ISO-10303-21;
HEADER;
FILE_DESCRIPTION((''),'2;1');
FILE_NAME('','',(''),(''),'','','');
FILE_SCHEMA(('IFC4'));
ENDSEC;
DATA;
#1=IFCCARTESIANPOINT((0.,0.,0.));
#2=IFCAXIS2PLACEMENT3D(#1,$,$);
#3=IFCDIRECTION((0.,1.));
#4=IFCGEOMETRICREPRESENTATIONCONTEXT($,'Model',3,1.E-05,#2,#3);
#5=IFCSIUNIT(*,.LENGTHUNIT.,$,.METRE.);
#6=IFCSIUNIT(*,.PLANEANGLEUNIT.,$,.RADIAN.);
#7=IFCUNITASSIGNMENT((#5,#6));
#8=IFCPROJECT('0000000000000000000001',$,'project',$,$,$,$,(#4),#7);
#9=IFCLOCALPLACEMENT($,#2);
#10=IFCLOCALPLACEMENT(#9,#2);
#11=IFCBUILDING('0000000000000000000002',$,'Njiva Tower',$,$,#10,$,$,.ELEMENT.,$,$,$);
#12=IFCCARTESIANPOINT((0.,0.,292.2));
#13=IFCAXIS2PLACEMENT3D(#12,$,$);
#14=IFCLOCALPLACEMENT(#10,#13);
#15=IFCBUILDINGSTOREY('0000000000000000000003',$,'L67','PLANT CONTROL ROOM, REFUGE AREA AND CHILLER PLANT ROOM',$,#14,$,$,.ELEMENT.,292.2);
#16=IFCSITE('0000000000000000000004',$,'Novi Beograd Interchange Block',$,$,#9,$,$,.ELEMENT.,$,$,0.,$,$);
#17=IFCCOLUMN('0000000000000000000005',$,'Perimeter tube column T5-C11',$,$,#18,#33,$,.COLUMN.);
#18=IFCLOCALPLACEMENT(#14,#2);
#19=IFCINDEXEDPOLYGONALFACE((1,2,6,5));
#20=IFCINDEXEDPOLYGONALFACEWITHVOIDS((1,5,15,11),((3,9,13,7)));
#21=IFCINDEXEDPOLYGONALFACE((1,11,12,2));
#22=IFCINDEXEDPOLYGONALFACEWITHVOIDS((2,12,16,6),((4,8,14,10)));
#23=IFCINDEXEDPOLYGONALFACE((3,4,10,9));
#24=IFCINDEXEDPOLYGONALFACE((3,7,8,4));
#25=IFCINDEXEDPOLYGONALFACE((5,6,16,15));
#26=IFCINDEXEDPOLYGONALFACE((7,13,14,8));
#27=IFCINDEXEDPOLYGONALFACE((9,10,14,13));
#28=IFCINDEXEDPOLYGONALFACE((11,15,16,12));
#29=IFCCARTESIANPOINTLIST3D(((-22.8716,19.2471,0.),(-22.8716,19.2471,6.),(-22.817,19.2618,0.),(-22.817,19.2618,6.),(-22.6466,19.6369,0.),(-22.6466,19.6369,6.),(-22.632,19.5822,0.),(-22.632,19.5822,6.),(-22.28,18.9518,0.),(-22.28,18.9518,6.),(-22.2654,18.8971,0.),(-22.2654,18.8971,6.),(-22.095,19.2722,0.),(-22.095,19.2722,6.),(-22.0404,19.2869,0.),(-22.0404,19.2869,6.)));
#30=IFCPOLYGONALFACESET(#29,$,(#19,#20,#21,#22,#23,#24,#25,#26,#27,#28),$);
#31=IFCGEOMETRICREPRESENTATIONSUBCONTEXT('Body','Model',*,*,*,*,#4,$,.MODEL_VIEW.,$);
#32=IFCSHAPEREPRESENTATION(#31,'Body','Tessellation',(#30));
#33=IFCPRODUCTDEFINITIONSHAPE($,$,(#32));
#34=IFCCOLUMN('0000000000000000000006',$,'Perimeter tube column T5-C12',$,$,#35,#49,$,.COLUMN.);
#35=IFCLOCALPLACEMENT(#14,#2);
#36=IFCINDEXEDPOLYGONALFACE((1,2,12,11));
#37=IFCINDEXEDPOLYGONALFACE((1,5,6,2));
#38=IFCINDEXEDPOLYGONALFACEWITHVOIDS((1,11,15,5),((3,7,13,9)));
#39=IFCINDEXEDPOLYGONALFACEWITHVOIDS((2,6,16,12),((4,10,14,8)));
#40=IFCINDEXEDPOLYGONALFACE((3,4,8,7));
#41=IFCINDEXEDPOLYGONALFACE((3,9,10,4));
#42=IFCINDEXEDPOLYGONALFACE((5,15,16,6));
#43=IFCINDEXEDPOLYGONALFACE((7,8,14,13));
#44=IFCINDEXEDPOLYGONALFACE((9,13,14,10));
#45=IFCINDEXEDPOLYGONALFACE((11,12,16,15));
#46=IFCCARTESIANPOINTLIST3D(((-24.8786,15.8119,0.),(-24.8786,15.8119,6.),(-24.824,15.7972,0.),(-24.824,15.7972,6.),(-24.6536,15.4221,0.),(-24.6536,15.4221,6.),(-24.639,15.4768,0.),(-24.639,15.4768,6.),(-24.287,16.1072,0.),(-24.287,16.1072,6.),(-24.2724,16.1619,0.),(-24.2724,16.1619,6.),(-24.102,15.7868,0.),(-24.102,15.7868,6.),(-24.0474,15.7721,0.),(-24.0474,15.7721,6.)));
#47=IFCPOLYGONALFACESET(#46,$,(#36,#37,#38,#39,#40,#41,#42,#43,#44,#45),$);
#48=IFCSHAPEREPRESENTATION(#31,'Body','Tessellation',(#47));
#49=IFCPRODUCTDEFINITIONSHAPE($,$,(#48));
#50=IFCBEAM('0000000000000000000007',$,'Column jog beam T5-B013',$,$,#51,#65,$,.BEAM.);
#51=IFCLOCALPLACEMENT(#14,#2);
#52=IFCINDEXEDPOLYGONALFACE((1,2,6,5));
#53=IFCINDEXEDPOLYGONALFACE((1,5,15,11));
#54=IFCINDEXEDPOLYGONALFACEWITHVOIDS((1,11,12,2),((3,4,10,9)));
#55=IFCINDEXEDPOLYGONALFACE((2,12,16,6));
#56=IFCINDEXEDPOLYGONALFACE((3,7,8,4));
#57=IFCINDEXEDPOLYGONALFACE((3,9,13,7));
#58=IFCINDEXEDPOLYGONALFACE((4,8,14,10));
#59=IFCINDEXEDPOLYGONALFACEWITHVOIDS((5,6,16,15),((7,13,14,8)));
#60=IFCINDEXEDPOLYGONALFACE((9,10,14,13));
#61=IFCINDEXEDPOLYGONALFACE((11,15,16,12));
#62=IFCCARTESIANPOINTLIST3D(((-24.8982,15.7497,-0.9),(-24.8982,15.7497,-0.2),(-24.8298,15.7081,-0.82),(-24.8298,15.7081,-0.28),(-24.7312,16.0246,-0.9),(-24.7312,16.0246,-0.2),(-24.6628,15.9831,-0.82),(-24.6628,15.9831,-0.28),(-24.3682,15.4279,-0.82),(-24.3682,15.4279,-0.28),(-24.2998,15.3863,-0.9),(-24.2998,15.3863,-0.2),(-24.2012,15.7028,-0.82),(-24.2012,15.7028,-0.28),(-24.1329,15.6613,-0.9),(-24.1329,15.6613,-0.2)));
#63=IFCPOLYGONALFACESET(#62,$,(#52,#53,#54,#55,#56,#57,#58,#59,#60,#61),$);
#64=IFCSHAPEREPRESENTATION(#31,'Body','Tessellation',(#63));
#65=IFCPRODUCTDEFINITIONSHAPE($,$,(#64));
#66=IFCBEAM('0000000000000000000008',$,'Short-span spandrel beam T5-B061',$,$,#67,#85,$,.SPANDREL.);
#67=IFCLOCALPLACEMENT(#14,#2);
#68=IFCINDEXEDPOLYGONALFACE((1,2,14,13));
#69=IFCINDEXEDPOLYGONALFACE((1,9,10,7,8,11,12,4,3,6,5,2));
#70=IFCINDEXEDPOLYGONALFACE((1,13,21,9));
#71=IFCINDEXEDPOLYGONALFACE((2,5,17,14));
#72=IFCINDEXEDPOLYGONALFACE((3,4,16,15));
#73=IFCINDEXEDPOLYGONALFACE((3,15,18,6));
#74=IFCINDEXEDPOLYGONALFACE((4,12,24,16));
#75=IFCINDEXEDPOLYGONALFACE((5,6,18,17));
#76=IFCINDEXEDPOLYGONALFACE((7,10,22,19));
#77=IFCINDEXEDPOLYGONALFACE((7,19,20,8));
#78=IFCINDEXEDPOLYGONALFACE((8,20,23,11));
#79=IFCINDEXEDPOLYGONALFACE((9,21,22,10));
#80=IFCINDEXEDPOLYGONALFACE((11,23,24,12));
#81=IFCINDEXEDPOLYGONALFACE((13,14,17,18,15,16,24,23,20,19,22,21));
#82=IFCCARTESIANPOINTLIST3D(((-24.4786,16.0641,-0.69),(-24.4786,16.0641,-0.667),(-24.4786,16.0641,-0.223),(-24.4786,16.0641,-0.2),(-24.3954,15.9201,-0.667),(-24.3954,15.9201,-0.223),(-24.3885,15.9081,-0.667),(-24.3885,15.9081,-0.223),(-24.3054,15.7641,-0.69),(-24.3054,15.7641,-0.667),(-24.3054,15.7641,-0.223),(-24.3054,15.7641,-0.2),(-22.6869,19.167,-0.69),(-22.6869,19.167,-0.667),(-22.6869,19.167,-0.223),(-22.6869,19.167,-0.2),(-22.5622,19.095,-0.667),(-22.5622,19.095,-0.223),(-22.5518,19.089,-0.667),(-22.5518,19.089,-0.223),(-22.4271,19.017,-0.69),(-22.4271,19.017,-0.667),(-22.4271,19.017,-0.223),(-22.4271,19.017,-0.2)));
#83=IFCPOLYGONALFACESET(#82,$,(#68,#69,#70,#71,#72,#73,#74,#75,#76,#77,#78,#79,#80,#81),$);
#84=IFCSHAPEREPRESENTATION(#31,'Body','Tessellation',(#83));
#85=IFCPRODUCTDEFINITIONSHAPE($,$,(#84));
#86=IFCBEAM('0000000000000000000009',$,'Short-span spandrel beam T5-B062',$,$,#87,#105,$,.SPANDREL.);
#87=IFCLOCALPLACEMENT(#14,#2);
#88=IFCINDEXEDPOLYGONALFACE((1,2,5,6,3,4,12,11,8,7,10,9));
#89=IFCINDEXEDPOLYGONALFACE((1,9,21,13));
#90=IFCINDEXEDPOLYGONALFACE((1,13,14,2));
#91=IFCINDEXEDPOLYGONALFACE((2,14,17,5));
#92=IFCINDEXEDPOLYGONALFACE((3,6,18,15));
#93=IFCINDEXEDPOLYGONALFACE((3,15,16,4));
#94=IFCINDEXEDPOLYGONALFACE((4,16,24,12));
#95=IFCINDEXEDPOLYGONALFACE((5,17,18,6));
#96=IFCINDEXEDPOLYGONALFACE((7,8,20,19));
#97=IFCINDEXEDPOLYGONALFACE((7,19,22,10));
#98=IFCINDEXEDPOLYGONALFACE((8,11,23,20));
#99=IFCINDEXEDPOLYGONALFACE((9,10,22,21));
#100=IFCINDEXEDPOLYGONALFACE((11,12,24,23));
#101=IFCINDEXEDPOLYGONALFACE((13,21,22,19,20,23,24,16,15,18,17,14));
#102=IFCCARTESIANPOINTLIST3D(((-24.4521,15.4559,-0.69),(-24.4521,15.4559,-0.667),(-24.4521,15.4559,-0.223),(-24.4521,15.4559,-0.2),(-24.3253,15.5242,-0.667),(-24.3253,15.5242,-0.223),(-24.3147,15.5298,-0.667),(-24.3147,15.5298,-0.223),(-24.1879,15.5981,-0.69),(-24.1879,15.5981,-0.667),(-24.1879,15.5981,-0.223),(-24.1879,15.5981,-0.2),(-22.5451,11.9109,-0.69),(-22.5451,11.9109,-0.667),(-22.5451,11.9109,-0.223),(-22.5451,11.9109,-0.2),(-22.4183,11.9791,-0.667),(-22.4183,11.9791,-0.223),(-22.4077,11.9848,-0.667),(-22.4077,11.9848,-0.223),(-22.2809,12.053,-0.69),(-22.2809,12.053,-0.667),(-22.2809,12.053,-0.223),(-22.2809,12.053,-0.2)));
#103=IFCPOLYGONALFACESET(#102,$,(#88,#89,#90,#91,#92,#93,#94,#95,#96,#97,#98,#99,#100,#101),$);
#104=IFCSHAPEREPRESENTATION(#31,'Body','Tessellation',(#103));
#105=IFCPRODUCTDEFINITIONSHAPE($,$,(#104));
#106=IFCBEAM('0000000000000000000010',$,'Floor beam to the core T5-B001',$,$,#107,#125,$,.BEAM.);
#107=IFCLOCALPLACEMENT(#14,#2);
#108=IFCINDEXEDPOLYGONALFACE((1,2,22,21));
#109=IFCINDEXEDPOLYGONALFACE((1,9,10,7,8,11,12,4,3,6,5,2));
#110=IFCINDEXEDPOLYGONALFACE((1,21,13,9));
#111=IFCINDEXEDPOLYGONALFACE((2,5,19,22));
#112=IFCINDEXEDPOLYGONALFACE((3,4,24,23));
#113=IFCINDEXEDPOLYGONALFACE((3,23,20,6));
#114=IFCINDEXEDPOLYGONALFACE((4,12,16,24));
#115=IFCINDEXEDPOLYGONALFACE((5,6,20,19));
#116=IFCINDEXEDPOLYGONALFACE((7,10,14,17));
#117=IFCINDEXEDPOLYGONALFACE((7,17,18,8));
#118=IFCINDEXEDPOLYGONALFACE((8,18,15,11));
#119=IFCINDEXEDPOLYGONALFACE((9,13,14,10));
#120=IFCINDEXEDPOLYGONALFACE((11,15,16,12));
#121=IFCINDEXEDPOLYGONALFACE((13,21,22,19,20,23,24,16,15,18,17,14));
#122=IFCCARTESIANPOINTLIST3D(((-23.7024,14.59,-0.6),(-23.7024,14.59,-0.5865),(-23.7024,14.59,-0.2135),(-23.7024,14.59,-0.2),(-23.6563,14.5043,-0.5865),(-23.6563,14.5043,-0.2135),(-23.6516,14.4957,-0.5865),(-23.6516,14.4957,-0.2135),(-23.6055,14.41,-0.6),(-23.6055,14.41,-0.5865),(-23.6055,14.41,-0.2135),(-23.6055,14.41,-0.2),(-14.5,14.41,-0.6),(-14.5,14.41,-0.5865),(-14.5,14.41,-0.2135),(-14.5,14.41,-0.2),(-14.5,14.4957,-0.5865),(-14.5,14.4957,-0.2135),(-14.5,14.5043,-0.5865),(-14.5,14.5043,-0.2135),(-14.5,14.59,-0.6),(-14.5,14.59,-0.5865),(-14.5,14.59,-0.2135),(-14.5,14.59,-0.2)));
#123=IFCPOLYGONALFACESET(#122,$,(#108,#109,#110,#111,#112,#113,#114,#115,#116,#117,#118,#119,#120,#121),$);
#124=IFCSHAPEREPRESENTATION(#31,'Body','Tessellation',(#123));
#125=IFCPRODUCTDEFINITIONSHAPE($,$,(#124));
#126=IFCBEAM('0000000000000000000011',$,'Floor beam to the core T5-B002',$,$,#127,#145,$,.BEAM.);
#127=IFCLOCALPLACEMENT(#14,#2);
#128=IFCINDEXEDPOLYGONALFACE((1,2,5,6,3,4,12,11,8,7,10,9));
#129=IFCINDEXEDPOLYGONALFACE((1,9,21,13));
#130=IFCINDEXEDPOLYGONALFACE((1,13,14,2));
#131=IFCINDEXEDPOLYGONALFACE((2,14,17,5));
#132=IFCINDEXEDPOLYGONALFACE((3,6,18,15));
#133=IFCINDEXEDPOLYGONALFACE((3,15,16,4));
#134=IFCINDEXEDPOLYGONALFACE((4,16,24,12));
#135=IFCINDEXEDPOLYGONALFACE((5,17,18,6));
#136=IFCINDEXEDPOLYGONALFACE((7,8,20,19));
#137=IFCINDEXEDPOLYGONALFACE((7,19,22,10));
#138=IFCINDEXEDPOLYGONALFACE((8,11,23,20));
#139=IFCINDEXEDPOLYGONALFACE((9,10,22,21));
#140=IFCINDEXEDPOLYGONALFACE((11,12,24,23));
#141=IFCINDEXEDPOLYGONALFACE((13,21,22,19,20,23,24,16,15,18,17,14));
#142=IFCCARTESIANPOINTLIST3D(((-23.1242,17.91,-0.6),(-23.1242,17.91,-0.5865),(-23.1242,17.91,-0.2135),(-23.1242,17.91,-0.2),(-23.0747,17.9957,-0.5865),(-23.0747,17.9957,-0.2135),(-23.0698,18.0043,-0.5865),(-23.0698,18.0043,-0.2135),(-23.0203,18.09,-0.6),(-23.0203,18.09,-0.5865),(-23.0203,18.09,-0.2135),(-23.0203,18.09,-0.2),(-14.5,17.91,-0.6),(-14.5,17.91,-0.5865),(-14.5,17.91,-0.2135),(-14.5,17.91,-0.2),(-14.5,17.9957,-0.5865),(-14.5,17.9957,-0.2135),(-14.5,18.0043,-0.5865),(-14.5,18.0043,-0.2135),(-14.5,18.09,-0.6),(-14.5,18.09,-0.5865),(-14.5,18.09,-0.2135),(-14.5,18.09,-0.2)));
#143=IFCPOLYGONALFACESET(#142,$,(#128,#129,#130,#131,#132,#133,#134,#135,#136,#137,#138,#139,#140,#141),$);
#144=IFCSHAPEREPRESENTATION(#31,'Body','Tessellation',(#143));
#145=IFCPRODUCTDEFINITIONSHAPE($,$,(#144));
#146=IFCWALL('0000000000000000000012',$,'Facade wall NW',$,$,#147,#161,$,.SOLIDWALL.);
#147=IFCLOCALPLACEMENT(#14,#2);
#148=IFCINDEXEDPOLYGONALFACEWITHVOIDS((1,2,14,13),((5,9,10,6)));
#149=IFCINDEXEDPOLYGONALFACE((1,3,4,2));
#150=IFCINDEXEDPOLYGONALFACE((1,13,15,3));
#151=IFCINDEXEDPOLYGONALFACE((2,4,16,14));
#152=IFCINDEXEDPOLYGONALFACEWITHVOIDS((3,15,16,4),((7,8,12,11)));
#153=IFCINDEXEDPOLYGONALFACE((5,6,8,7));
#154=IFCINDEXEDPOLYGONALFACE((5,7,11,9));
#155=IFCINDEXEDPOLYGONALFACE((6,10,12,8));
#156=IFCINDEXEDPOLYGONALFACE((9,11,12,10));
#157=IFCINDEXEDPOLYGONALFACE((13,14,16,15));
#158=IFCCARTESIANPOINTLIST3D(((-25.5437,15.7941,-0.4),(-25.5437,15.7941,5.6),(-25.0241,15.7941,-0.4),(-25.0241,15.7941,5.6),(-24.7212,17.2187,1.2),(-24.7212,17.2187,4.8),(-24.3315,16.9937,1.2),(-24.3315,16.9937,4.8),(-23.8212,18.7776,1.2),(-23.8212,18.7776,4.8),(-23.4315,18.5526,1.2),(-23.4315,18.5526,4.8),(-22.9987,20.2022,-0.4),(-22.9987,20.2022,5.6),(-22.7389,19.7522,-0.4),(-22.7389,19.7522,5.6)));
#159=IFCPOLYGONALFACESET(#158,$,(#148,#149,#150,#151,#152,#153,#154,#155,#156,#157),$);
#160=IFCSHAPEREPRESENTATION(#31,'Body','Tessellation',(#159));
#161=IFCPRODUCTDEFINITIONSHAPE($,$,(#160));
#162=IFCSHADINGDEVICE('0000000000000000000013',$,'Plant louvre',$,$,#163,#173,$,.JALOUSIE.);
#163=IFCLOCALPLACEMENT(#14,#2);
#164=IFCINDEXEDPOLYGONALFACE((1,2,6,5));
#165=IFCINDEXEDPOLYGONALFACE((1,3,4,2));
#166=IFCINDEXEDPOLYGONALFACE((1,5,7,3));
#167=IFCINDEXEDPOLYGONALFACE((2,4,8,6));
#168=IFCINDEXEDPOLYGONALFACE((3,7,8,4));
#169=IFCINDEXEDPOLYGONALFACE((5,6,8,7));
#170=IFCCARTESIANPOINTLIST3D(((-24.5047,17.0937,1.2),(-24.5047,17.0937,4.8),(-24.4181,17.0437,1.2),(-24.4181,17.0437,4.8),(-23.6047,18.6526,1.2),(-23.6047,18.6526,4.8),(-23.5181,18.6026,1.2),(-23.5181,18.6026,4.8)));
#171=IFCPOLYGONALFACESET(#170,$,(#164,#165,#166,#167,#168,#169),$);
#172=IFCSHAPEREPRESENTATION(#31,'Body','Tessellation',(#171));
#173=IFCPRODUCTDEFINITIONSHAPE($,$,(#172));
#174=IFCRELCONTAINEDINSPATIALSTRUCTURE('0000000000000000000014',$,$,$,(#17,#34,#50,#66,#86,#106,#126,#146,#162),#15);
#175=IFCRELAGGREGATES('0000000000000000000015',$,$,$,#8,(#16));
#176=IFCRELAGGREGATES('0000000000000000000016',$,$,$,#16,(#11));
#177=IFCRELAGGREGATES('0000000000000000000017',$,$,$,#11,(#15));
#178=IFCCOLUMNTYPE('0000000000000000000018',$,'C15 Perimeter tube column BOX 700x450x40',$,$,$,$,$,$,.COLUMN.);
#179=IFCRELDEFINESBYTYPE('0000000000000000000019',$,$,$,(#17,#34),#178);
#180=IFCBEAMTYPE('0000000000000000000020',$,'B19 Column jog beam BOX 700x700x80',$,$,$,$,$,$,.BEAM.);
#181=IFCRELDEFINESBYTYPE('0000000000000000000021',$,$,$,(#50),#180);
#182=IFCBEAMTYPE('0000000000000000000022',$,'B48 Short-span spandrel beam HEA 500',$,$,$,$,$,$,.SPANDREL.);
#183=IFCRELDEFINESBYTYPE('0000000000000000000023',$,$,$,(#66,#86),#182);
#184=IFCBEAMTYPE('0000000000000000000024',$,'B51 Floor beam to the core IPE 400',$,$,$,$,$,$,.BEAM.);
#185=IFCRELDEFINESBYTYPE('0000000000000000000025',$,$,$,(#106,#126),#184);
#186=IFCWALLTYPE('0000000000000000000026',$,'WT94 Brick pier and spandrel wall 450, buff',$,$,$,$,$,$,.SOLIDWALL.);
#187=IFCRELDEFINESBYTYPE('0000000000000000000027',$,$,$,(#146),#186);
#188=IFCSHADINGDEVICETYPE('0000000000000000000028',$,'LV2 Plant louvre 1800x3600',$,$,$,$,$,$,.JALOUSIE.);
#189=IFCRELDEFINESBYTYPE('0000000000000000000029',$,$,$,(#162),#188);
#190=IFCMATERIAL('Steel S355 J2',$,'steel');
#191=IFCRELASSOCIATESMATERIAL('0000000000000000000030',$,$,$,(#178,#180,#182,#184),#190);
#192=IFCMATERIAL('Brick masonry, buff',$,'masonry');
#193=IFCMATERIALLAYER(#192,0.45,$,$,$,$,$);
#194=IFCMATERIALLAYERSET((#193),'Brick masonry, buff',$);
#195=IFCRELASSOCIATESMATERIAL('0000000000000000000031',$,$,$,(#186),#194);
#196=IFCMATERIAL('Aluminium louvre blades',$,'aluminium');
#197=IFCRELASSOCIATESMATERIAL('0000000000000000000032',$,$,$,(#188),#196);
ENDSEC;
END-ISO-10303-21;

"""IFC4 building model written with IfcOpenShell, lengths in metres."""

from ifc_helpers import new_model, si_unit, direction, frame, frame_2d, origin, origin_2d, place, context, subcontext, project, spatial, polyline, rectangle, hollow_rectangle, i_section, outline, extrude, clip, halfspace, material, layer, layer_set, material_profile, profile_set, type_object, element, fill, save


model = new_model("IFC4")

# Units and contexts
model_context = context("Model", 3, precision=1e-05, world=origin(), true_north=direction((0.0, 1.0)))
body_context = subcontext(model_context, "Body", "Model", "MODEL_VIEW")
ifc_project = project(units=[si_unit("LENGTHUNIT", "METRE"), si_unit("PLANEANGLEUNIT", "RADIAN")], contexts=[model_context])

# Site, building, storey
site_placement = place(None, origin())
site = spatial("IfcSite", under=ifc_project, at=site_placement, Name="Novi Beograd Interchange Block", CompositionType="ELEMENT", RefElevation=0.0)
building_placement = place(site_placement, origin())
building = spatial("IfcBuilding", under=site, at=building_placement, Name="Njiva Tower", CompositionType="ELEMENT")
storey_placement = place(building_placement, frame((0.0, 0.0, 292.2)))
storey = spatial("IfcBuildingStorey", under=building, at=storey_placement, Name="L67", Description="PLANT CONTROL ROOM, REFUGE AREA AND CHILLER PLANT ROOM", CompositionType="ELEMENT", Elevation=292.2)

# Columns
ifc_material_1 = material(Name="Steel S355 J2", Category="steel")
ifc_material_profile_1 = material_profile(ifc_material_1, hollow_rectangle(XDim=0.45, YDim=0.7, WallThickness=0.04, at=origin_2d()), Name="BOX 700x450x40")
ifc_profile_set_1 = profile_set([ifc_material_profile_1], Name="Steel S355 J2")
column_type = type_object("IfcColumnType", Name="C15 Perimeter tube column BOX 700x450x40", PredefinedType="COLUMN", material=ifc_profile_set_1)
for number, where, z_axis, x_axis, name in (
    (1, (-22.456, 19.267, 0.0), (0.0, 0.0, 1.0), (-0.5, -0.866025, 0.0), "Perimeter tube column T5-C11"),
    (2, (-24.463, 15.792, 0.0), (0.0, 0.0, 1.0), (0.5, -0.866025, 0.0), "Perimeter tube column T5-C12"),
):
    element("IfcColumn", number, at=place(storey_placement, frame(where, z_axis=z_axis, x_axis=x_axis)), inside=storey, type_object=column_type, Name=name, PredefinedType="COLUMN", context=body_context, shape_type="SweptSolid", body=[
        extrude(hollow_rectangle(XDim=0.45, YDim=0.7, WallThickness=0.04, at=origin_2d()), origin(), (0.0, 0.0, 1.0), 6.0),
    ])

# Beams
ifc_material_profile_2 = material_profile(ifc_material_1, hollow_rectangle(XDim=0.7, YDim=0.7, WallThickness=0.08, at=origin_2d()), Name="BOX 700x700x80")
ifc_profile_set_2 = profile_set([ifc_material_profile_2], Name="Steel S355 J2")
beam_type_1 = type_object("IfcBeamType", Name="B19 Column jog beam BOX 700x700x80", PredefinedType="BEAM", material=ifc_profile_set_2)
beam_1_placement = place(storey_placement, frame((-24.599, 15.568, -0.55), z_axis=(0.519059, 0.854738, 0.0), x_axis=(-0.854738, 0.519059, 0.0)))
element("IfcBeam", 3, at=beam_1_placement, inside=storey, type_object=beam_type_1, Name="Column jog beam T5-B013", PredefinedType="BEAM", context=body_context, shape_type="SweptSolid", body=[
    extrude(hollow_rectangle(XDim=0.7, YDim=0.7, WallThickness=0.08, at=origin_2d()), origin(), (0.0, 0.0, 1.0), 0.3217),
])
ifc_material_profile_3 = material_profile(ifc_material_1, i_section(OverallWidth=0.3, OverallDepth=0.49, WebThickness=0.012, FlangeThickness=0.023, at=origin_2d()), Name="HEA 500")
ifc_profile_set_3 = profile_set([ifc_material_profile_3], Name="Steel S355 J2")
beam_type_2 = type_object("IfcBeamType", Name="B48 Short-span spandrel beam HEA 500", PredefinedType="SPANDREL", material=ifc_profile_set_3)
beam_2_placement = place(storey_placement, frame((-22.557, 19.092, -0.445), z_axis=(-0.500037, -0.866004, 0.0), x_axis=(0.866004, -0.500037, 0.0)))
element("IfcBeam", 4, at=beam_2_placement, inside=storey, type_object=beam_type_2, Name="Short-span spandrel beam T5-B061", PredefinedType="SPANDREL", context=body_context, shape_type="Clipping", body=[
    clip(extrude(i_section(OverallWidth=0.3, OverallDepth=0.49, WebThickness=0.012, FlangeThickness=0.023, at=origin_2d()), origin(), (0.0, 0.0, 1.0), 3.7767), halfspace(frame((-0.025, 0.0, 3.6552), z_axis=(-0.499965, 0.0, 0.866046), x_axis=(0.0, 1.0, 0.0)), False)),
])
beam_3_placement = place(storey_placement, frame((-24.32, 15.527, -0.445), z_axis=(0.473744, -0.880662, 0.0), x_axis=(0.880662, 0.473744, 0.0)))
element("IfcBeam", 5, at=beam_3_placement, inside=storey, type_object=beam_type_2, Name="Short-span spandrel beam T5-B062", PredefinedType="SPANDREL", context=body_context, shape_type="SweptSolid", body=[
    extrude(i_section(OverallWidth=0.3, OverallDepth=0.49, WebThickness=0.012, FlangeThickness=0.023, at=origin_2d()), origin(), (0.0, 0.0, 1.0), 4.0254),
])
ifc_material_profile_4 = material_profile(ifc_material_1, i_section(OverallWidth=0.18, OverallDepth=0.4, WebThickness=0.0086, FlangeThickness=0.0135, at=origin_2d()), Name="IPE 400")
ifc_profile_set_4 = profile_set([ifc_material_profile_4], Name="Steel S355 J2")
beam_type_3 = type_object("IfcBeamType", Name="B51 Floor beam to the core IPE 400", PredefinedType="BEAM", material=ifc_profile_set_4)
beam_4_placement = place(storey_placement, frame((-23.722, 14.5, -0.4), z_axis=(1.0, 0.0, 0.0), x_axis=(0.0, 1.0, 0.0)))
element("IfcBeam", 6, at=beam_4_placement, inside=storey, type_object=beam_type_3, Name="Floor beam to the core T5-B001", PredefinedType="BEAM", context=body_context, shape_type="Clipping", body=[
    clip(extrude(i_section(OverallWidth=0.18, OverallDepth=0.4, WebThickness=0.0086, FlangeThickness=0.0135, at=origin_2d()), origin(), (0.0, 0.0, 1.0), 9.222), halfspace(frame((-0.0237, 0.0, 0.0808), z_axis=(-0.473762, 0.0, -0.880653), x_axis=(0.0, -1.0, 0.0)), False)),
])
beam_5_placement = place(storey_placement, frame((-23.144, 18.0, -0.4), z_axis=(1.0, 0.0, 0.0), x_axis=(0.0, 1.0, 0.0)))
element("IfcBeam", 7, at=beam_5_placement, inside=storey, type_object=beam_type_3, Name="Floor beam to the core T5-B002", PredefinedType="BEAM", context=body_context, shape_type="Clipping", body=[
    clip(extrude(i_section(OverallWidth=0.18, OverallDepth=0.4, WebThickness=0.0086, FlangeThickness=0.0135, at=origin_2d()), origin(), (0.0, 0.0, 1.0), 8.644), halfspace(frame((0.025, 0.0, 0.0862), z_axis=(0.499998, 0.0, -0.866027), x_axis=(0.0, -1.0, 0.0)), False)),
])

# Wall, opening, shading device
ifc_material_2 = material(Name="Brick masonry, buff", Category="masonry")
ifc_layer = layer(ifc_material_2, 0.45)
ifc_layer_set = layer_set([ifc_layer], Name="Brick masonry, buff")
wall_type = type_object("IfcWallType", Name="WT94 Brick pier and spandrel wall 450, buff", PredefinedType="SOLIDWALL", material=ifc_layer_set)
wall_1_placement = place(storey_placement, frame((-22.8688, 19.9772, -0.4), z_axis=(0.0, 0.0, 1.0), x_axis=(-0.499998, -0.866027, 0.0)))
wall_1 = element("IfcWall", 8, at=wall_1_placement, inside=storey, type_object=wall_type, Name="Facade wall NW", PredefinedType="SOLIDWALL", context=body_context, shape_type="SweptSolid", body=[
    extrude(outline(polyline([(-0.1299, -0.225), (4.9601, -0.225), (4.7003, 0.225), (0.1299, 0.225), (-0.1299, -0.225)])), origin(), (0.0, 0.0, 1.0), 6.0),
])
opening_1_placement = place(wall_1_placement, frame((1.5151, 0.0, 1.6)))
opening_1 = element("IfcOpeningElement", 9, at=opening_1_placement, cuts=wall_1, PredefinedType="OPENING", context=body_context, shape_type="SweptSolid", body=[
    extrude(rectangle(XDim=1.8, YDim=3.6, at=frame_2d((0.9, 1.8))), frame((0.0, 0.235, 0.0), z_axis=(0.0, -1.0, 0.0), x_axis=(1.0, 0.0, 0.0)), (0.0, 0.0, 1.0), 0.47),
])
ifc_material_3 = material(Name="Aluminium louvre blades", Category="aluminium")
shading_device_type_1 = type_object("IfcShadingDeviceType", Name="LV2 Plant louvre 1800x3600", PredefinedType="JALOUSIE", material=ifc_material_3)
shading_device_1_placement = place(opening_1_placement, origin())
shading_device_1 = element("IfcShadingDevice", 10, at=shading_device_1_placement, inside=storey, type_object=shading_device_type_1, Name="Plant louvre", PredefinedType="JALOUSIE", context=body_context, shape_type="SweptSolid", body=[
    extrude(rectangle(XDim=1.8, YDim=3.6, at=frame_2d((0.9, 1.8))), frame((0.0, 0.125, 0.0), z_axis=(0.0, -1.0, 0.0), x_axis=(1.0, 0.0, 0.0)), (0.0, 0.0, 1.0), 0.1),
])
fill(opening_1, shading_device_1)

save(model, "model.ifc")
